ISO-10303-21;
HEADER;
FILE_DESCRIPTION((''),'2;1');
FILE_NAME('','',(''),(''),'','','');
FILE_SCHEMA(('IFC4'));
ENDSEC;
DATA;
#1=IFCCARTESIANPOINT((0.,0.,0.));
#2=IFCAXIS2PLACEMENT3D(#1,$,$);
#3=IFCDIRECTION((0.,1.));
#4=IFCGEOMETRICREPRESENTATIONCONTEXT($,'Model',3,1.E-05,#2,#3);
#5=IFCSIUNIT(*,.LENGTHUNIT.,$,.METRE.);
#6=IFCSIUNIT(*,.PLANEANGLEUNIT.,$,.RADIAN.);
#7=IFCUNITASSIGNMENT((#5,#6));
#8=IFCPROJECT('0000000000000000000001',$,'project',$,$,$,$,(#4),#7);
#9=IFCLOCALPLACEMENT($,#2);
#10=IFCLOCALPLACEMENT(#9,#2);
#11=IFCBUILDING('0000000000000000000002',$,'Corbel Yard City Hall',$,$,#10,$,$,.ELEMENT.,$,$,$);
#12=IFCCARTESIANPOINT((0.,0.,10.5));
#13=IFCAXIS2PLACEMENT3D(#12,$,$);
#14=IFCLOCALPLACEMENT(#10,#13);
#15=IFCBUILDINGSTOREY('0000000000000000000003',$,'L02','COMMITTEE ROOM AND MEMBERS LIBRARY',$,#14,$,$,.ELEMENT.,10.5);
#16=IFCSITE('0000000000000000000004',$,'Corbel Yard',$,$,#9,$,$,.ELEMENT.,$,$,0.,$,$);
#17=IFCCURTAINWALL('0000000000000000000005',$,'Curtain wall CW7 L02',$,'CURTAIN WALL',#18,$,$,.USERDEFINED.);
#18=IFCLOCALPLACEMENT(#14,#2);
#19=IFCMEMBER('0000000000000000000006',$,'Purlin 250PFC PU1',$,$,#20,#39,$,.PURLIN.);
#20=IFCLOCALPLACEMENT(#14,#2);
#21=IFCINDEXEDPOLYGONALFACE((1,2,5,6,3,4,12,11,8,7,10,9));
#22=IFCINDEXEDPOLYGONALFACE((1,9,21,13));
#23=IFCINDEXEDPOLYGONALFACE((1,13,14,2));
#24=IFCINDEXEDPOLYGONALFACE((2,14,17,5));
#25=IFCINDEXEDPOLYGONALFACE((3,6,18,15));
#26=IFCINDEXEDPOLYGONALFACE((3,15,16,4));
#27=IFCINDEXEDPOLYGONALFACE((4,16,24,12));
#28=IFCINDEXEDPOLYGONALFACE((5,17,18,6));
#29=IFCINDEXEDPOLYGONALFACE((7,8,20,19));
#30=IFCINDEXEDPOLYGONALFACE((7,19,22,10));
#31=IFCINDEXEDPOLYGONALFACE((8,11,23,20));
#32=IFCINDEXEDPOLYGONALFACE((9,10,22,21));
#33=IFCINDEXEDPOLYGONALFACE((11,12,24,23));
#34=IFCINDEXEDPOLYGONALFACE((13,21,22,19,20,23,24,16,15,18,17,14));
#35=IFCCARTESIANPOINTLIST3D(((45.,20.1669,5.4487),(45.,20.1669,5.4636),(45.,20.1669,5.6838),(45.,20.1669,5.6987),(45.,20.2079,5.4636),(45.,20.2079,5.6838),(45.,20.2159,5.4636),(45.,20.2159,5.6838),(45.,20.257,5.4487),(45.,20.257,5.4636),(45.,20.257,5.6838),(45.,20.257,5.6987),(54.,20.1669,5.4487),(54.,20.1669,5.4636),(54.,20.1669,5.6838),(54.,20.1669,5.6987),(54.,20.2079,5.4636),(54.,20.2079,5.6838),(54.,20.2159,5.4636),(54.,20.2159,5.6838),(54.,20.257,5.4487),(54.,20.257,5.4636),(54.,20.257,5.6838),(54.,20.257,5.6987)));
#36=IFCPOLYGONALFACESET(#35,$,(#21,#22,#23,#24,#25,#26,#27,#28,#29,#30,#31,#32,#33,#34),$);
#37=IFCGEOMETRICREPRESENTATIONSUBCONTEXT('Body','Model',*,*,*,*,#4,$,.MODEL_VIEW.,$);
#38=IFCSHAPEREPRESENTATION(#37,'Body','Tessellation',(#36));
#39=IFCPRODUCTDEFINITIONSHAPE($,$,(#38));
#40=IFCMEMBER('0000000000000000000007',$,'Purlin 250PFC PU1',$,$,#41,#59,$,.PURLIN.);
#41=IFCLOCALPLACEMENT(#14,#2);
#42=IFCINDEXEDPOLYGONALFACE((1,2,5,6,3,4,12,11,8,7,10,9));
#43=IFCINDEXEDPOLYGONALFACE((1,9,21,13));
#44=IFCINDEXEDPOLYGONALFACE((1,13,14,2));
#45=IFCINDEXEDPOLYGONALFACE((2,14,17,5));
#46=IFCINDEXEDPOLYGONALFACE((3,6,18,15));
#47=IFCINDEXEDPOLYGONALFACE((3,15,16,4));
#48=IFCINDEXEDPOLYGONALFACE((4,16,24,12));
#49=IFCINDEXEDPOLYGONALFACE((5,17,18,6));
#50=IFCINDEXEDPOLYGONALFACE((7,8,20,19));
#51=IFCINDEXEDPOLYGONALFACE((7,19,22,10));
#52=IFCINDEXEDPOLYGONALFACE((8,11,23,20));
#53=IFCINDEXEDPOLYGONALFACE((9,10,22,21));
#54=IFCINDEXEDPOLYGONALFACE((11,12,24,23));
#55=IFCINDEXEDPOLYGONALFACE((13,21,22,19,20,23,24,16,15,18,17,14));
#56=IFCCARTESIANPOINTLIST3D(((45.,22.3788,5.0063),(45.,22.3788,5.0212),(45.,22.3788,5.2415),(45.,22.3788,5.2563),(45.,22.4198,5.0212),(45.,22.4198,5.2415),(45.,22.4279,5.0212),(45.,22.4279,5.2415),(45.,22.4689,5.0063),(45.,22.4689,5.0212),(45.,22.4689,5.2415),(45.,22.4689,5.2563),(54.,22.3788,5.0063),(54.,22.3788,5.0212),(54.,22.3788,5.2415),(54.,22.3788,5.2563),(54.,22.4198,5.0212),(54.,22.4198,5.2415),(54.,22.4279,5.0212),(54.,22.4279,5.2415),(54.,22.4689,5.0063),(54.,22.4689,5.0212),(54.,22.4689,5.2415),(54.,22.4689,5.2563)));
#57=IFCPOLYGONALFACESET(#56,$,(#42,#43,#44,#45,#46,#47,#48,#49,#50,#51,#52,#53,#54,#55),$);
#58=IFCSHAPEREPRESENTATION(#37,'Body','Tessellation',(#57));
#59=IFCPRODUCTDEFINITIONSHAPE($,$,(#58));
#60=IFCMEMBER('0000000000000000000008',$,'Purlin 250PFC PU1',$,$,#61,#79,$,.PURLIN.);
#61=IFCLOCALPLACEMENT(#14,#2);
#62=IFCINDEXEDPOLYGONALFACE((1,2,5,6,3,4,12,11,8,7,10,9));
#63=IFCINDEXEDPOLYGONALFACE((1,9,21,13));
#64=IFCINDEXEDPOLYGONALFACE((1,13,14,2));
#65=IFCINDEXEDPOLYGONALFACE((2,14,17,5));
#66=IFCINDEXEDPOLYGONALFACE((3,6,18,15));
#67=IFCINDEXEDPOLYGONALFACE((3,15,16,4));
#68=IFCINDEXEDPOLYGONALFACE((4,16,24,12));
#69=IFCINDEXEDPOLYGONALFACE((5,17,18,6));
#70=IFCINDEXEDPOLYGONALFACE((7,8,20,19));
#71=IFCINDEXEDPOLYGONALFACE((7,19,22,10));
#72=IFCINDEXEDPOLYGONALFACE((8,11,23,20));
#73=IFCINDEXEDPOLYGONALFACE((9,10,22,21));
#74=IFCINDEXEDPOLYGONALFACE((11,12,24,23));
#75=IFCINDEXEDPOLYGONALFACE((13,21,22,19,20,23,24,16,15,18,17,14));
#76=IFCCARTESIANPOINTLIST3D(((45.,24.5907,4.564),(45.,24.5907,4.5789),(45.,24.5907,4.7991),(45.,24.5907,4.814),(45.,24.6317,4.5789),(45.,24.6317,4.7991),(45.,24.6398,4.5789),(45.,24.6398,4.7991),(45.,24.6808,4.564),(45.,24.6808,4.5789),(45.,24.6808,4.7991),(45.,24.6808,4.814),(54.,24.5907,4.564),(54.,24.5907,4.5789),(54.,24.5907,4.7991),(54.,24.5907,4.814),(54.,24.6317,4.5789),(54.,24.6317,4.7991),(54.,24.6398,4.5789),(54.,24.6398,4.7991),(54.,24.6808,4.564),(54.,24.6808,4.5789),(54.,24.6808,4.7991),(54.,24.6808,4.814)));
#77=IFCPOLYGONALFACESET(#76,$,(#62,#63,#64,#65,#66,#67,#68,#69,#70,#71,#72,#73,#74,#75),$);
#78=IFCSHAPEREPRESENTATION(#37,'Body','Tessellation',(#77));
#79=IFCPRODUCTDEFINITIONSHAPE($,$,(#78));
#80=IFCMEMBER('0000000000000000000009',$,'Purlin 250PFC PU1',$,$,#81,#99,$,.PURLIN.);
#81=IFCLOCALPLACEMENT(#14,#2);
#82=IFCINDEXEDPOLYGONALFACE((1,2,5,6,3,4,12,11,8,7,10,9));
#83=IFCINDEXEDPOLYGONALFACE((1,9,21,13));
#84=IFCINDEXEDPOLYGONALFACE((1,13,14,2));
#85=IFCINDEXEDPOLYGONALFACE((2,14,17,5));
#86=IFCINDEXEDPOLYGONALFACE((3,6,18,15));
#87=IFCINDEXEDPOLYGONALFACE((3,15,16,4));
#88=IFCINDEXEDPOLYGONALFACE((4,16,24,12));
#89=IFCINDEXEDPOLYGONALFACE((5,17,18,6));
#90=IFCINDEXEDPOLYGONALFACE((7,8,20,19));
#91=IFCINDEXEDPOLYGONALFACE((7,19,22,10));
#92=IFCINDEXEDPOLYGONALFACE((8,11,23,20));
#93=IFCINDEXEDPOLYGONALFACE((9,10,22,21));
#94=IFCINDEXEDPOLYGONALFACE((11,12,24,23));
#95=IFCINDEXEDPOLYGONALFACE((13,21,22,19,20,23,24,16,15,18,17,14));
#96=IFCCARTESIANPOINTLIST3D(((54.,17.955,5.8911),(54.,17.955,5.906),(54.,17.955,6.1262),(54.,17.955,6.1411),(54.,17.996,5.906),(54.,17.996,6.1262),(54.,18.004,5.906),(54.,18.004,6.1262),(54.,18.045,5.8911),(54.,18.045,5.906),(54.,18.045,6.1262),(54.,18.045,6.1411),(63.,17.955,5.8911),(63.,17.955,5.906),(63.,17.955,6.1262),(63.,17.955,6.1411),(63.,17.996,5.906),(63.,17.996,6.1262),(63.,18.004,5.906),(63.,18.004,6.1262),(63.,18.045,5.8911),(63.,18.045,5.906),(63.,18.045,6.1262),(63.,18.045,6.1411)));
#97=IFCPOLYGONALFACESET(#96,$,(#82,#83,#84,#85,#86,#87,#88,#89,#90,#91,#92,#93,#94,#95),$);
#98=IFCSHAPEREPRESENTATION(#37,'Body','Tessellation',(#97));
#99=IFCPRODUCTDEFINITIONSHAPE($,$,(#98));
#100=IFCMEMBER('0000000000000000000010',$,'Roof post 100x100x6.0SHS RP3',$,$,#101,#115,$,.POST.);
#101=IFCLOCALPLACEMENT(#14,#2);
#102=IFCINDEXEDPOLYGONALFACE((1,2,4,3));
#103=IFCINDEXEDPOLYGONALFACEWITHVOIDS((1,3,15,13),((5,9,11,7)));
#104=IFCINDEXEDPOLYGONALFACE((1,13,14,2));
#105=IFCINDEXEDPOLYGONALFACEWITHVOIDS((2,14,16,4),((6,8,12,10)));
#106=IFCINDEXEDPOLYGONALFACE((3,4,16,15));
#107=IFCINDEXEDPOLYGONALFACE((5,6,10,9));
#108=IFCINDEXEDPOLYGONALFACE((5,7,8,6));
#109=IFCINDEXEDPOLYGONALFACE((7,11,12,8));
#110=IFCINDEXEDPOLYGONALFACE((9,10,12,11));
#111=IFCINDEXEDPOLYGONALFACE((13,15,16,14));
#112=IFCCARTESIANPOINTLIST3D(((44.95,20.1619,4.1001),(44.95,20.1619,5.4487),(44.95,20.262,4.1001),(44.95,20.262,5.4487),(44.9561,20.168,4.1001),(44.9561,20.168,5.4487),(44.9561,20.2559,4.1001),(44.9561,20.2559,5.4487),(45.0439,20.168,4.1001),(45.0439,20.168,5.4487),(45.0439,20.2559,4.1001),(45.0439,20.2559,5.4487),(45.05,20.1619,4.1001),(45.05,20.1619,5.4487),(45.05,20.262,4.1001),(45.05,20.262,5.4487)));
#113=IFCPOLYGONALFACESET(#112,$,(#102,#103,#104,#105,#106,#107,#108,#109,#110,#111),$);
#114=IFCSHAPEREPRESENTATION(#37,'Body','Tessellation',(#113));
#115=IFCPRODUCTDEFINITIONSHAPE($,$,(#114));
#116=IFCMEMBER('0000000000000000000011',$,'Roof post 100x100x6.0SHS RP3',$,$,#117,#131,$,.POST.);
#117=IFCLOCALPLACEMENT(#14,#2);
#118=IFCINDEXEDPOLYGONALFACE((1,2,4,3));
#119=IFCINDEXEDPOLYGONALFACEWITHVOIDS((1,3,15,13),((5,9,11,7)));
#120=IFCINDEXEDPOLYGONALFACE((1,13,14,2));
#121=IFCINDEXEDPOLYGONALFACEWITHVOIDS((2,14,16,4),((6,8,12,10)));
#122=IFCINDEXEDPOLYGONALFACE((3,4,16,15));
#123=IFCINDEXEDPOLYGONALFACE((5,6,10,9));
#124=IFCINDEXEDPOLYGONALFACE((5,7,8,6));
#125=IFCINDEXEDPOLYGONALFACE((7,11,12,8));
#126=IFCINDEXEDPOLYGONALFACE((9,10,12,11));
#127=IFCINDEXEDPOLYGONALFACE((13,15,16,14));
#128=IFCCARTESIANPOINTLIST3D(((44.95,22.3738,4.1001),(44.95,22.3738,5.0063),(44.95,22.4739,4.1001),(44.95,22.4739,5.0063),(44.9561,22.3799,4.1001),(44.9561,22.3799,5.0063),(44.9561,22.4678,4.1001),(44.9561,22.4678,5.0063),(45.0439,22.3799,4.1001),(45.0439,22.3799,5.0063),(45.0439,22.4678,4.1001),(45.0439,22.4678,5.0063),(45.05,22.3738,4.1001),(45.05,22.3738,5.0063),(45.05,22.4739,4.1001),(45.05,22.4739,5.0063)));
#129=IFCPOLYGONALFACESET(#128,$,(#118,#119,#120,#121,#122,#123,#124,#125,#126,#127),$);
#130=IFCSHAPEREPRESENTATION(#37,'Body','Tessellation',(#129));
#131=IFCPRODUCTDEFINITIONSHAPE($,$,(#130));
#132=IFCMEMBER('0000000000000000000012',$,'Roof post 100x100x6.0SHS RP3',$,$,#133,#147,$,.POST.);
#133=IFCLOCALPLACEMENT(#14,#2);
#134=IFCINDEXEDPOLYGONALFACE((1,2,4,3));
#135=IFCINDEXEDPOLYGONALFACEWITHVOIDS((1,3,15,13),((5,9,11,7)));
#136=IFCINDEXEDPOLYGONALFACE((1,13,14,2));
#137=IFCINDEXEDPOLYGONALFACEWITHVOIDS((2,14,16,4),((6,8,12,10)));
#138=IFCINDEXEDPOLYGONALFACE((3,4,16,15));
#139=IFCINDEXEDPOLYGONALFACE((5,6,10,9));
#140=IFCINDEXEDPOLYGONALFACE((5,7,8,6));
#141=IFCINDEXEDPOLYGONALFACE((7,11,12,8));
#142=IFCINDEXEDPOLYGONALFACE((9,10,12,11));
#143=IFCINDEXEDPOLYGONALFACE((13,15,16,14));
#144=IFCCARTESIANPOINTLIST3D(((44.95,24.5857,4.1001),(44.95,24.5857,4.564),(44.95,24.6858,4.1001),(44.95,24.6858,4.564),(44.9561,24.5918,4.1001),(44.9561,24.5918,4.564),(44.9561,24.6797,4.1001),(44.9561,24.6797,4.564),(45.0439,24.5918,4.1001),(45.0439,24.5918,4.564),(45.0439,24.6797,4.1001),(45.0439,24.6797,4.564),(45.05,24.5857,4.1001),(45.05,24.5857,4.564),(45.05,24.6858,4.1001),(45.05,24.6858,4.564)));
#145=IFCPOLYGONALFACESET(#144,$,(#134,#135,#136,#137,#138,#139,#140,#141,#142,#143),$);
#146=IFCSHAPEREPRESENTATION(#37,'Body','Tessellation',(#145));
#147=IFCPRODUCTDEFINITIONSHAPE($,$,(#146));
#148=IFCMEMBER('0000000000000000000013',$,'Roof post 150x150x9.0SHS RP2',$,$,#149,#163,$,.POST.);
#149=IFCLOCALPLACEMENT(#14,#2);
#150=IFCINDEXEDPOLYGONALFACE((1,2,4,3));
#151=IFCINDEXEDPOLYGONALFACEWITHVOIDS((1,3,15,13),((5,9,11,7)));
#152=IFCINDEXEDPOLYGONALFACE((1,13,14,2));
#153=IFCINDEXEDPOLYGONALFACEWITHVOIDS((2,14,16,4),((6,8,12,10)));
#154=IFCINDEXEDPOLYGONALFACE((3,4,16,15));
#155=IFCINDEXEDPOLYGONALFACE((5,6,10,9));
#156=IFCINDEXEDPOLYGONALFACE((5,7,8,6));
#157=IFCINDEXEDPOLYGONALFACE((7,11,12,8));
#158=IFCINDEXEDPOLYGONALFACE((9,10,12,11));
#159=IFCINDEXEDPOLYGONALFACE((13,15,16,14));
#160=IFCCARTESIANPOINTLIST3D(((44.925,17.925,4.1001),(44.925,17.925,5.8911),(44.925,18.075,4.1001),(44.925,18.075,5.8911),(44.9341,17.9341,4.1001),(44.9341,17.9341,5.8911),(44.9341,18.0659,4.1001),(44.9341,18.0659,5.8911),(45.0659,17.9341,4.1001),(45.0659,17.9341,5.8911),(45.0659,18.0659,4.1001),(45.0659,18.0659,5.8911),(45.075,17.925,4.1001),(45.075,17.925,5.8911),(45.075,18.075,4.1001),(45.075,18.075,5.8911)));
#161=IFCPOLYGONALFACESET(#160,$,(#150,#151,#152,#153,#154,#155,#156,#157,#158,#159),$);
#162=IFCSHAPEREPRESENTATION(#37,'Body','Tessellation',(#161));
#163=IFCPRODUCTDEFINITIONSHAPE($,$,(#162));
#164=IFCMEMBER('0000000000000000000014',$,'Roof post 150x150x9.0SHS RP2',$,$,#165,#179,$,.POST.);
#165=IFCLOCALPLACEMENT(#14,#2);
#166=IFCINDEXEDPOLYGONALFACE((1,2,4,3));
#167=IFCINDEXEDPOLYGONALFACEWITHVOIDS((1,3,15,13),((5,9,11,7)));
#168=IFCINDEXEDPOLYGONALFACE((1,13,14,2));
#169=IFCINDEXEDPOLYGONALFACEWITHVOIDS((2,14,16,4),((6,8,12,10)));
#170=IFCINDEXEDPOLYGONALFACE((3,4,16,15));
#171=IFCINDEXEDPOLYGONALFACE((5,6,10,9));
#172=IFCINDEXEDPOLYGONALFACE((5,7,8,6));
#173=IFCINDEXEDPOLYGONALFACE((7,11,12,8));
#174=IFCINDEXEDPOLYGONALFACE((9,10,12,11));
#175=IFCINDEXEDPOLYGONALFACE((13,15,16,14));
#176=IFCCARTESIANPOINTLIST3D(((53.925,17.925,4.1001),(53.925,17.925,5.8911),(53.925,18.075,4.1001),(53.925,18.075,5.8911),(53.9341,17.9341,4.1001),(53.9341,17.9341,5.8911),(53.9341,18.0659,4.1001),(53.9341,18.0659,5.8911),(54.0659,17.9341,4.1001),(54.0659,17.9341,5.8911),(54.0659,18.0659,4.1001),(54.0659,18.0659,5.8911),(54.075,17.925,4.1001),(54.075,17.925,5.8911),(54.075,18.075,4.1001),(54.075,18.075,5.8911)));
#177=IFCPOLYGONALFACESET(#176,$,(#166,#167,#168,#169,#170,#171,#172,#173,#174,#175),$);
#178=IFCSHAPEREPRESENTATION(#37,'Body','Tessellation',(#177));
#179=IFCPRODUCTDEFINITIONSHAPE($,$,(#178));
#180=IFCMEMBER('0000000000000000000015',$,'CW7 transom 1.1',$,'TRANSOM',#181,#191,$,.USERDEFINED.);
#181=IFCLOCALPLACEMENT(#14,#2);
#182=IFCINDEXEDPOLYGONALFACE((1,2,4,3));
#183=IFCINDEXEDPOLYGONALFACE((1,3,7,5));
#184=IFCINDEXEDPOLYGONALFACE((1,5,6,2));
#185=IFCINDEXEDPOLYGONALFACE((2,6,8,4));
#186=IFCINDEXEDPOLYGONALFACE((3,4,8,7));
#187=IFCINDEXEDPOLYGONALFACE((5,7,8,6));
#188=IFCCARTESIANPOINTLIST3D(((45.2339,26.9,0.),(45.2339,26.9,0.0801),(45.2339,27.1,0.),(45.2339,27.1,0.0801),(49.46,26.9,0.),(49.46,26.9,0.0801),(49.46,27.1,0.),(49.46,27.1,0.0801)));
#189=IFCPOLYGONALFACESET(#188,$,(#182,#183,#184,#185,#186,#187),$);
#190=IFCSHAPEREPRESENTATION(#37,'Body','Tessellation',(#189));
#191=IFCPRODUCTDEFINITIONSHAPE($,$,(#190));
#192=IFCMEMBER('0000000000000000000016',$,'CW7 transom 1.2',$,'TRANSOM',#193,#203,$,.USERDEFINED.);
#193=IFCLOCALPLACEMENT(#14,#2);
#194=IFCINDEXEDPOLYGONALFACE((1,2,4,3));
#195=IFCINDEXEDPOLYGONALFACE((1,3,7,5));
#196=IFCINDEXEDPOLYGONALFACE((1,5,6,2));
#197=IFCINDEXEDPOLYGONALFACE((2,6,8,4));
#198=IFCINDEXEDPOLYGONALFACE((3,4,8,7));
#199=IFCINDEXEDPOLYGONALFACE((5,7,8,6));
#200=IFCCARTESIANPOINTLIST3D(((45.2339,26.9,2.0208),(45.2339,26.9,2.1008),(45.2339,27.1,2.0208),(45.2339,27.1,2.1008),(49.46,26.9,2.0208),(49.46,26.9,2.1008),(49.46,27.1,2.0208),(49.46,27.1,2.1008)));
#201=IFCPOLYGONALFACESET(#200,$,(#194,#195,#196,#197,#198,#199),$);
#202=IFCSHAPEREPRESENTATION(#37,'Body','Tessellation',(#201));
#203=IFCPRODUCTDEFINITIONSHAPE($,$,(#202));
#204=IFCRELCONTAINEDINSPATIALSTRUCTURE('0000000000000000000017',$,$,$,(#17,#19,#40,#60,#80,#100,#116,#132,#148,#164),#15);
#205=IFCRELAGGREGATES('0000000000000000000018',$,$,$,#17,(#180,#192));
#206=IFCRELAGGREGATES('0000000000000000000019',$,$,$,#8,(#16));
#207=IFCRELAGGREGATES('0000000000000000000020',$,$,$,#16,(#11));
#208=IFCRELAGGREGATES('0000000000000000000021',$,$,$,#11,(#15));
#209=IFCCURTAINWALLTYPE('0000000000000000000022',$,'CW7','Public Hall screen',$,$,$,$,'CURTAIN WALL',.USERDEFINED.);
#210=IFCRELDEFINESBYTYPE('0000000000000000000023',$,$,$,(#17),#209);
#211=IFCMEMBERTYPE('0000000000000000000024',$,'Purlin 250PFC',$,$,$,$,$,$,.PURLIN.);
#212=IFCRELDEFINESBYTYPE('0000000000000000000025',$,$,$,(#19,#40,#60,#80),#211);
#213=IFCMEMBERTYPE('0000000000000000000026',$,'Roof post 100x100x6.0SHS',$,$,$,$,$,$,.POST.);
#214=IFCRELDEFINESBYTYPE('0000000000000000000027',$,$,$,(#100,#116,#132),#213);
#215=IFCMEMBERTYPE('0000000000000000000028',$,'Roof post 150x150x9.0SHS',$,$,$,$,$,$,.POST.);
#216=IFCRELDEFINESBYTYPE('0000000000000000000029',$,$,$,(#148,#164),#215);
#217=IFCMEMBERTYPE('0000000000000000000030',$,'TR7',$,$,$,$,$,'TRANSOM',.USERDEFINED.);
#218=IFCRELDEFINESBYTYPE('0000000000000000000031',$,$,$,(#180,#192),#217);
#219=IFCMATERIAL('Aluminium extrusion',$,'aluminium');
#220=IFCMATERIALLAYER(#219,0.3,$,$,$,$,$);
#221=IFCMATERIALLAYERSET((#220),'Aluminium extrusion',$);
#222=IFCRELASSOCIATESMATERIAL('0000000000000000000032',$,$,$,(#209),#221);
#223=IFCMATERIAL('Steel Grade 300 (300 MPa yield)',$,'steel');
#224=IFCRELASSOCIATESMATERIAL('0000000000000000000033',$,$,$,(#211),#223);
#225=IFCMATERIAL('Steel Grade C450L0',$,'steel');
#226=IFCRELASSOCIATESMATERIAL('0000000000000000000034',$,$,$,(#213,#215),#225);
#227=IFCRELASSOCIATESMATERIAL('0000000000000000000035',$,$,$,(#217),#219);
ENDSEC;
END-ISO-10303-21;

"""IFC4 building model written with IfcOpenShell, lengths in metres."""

from ifc_helpers import new_model, si_unit, direction, frame, origin, origin_2d, place, context, subcontext, project, spatial, rectangle, hollow_rectangle, i_section, extrude, material, layer, layer_set, material_profile, profile_set, type_object, element, aggregate, save


model = new_model("IFC4")

# Units and contexts
model_context = context("Model", 3, precision=1e-05, world=origin(), true_north=direction((0.0, 1.0)))
body_context = subcontext(model_context, "Body", "Model", "MODEL_VIEW")
ifc_project = project(units=[si_unit("LENGTHUNIT", "METRE"), si_unit("PLANEANGLEUNIT", "RADIAN")], contexts=[model_context])

# Site, building, storey
site_placement = place(None, origin())
site = spatial("IfcSite", under=ifc_project, at=site_placement, Name="Corbel Yard", CompositionType="ELEMENT", RefElevation=0.0)
building_placement = place(site_placement, origin())
building = spatial("IfcBuilding", under=site, at=building_placement, Name="Corbel Yard City Hall", CompositionType="ELEMENT")
storey_placement = place(building_placement, frame((0.0, 0.0, 10.5)))
storey = spatial("IfcBuildingStorey", under=building, at=storey_placement, Name="L02", Description="COMMITTEE ROOM AND MEMBERS LIBRARY", CompositionType="ELEMENT", Elevation=10.5)

# Shared definitions
ifc_material_1 = material(Name="Steel Grade 300 (300 MPa yield)", Category="steel")

# Curtain wall
ifc_material_2 = material(Name="Aluminium extrusion", Category="aluminium")
ifc_layer_1 = layer(ifc_material_2, 0.3)
ifc_layer_set_1 = layer_set([ifc_layer_1], Name="Aluminium extrusion")
curtain_wall_type = type_object("IfcCurtainWallType", Name="CW7", Description="Public Hall screen", ElementType="CURTAIN WALL", PredefinedType="USERDEFINED", material=ifc_layer_set_1)
curtain_wall_placement = place(storey_placement, origin())
curtain_wall = element("IfcCurtainWall", 1, at=curtain_wall_placement, inside=storey, type_object=curtain_wall_type, Name="Curtain wall CW7 L02", ObjectType="CURTAIN WALL", PredefinedType="USERDEFINED")

# Members
ifc_material_profile_1 = material_profile(ifc_material_1, i_section(OverallWidth=0.0901, OverallDepth=0.25, WebThickness=0.0081, FlangeThickness=0.0149, at=origin_2d()), Name="250PFC")
ifc_profile_set_1 = profile_set([ifc_material_profile_1], Name="Steel Grade 300 (300 MPa yield)")
member_type_1 = type_object("IfcMemberType", Name="Purlin 250PFC", PredefinedType="PURLIN", material=ifc_profile_set_1)
for number, where, z_axis, x_axis, name in (
    (2, (45.0, 20.2119, 5.5737), (1.0, 0.0, 0.0), (0.0, 1.0, 0.0), "Purlin 250PFC PU1"),
    (3, (45.0, 22.4238, 5.1313), (1.0, 0.0, 0.0), (0.0, 1.0, 0.0), "Purlin 250PFC PU1"),
    (4, (45.0, 24.6357, 4.689), (1.0, 0.0, 0.0), (0.0, 1.0, 0.0), "Purlin 250PFC PU1"),
    (5, (54.0, 18.0, 6.0161), (1.0, 0.0, 0.0), (0.0, 1.0, 0.0), "Purlin 250PFC PU1"),
):
    element("IfcMember", number, at=place(storey_placement, frame(where, z_axis=z_axis, x_axis=x_axis)), inside=storey, type_object=member_type_1, Name=name, PredefinedType="PURLIN", context=body_context, shape_type="SweptSolid", body=[
        extrude(i_section(OverallWidth=0.0901, OverallDepth=0.25, WebThickness=0.0081, FlangeThickness=0.0149, at=origin_2d()), origin(), (0.0, 0.0, 1.0), 9.0),
    ])
ifc_material_3 = material(Name="Steel Grade C450L0", Category="steel")
ifc_material_profile_2 = material_profile(ifc_material_3, hollow_rectangle(XDim=0.1001, YDim=0.1001, WallThickness=0.0061, at=origin_2d()), Name="100x100x6.0SHS")
ifc_profile_set_2 = profile_set([ifc_material_profile_2], Name="Steel Grade C450L0")
member_type_2 = type_object("IfcMemberType", Name="Roof post 100x100x6.0SHS", PredefinedType="POST", material=ifc_profile_set_2)
member_1_placement = place(storey_placement, frame((45.0, 20.2119, 4.1001), z_axis=(0.0, 0.0, 1.0), x_axis=(1.0, 0.0, 0.0)))
element("IfcMember", 6, at=member_1_placement, inside=storey, type_object=member_type_2, Name="Roof post 100x100x6.0SHS RP3", PredefinedType="POST", context=body_context, shape_type="SweptSolid", body=[
    extrude(hollow_rectangle(XDim=0.1001, YDim=0.1001, WallThickness=0.0061, at=origin_2d()), origin(), (0.0, 0.0, 1.0), 1.3486),
])
member_2_placement = place(storey_placement, frame((45.0, 22.4238, 4.1001), z_axis=(0.0, 0.0, 1.0), x_axis=(1.0, 0.0, 0.0)))
element("IfcMember", 7, at=member_2_placement, inside=storey, type_object=member_type_2, Name="Roof post 100x100x6.0SHS RP3", PredefinedType="POST", context=body_context, shape_type="SweptSolid", body=[
    extrude(hollow_rectangle(XDim=0.1001, YDim=0.1001, WallThickness=0.0061, at=origin_2d()), origin(), (0.0, 0.0, 1.0), 0.9062),
])
member_3_placement = place(storey_placement, frame((45.0, 24.6357, 4.1001), z_axis=(0.0, 0.0, 1.0), x_axis=(1.0, 0.0, 0.0)))
element("IfcMember", 8, at=member_3_placement, inside=storey, type_object=member_type_2, Name="Roof post 100x100x6.0SHS RP3", PredefinedType="POST", context=body_context, shape_type="SweptSolid", body=[
    extrude(hollow_rectangle(XDim=0.1001, YDim=0.1001, WallThickness=0.0061, at=origin_2d()), origin(), (0.0, 0.0, 1.0), 0.4639),
])
ifc_material_profile_3 = material_profile(ifc_material_3, hollow_rectangle(XDim=0.1499, YDim=0.1499, WallThickness=0.009, at=origin_2d()), Name="150x150x9.0SHS")
ifc_profile_set_3 = profile_set([ifc_material_profile_3], Name="Steel Grade C450L0")
member_type_3 = type_object("IfcMemberType", Name="Roof post 150x150x9.0SHS", PredefinedType="POST", material=ifc_profile_set_3)
for number, where, z_axis, x_axis, name in (
    (9, (45.0, 18.0, 4.1001), (0.0, 0.0, 1.0), (1.0, 0.0, 0.0), "Roof post 150x150x9.0SHS RP2"),
    (10, (54.0, 18.0, 4.1001), (0.0, 0.0, 1.0), (1.0, 0.0, 0.0), "Roof post 150x150x9.0SHS RP2"),
):
    element("IfcMember", number, at=place(storey_placement, frame(where, z_axis=z_axis, x_axis=x_axis)), inside=storey, type_object=member_type_3, Name=name, PredefinedType="POST", context=body_context, shape_type="SweptSolid", body=[
        extrude(hollow_rectangle(XDim=0.1499, YDim=0.1499, WallThickness=0.009, at=origin_2d()), origin(), (0.0, 0.0, 1.0), 1.791),
    ])

# Members
ifc_material_profile_4 = material_profile(ifc_material_2, rectangle(XDim=0.2, YDim=0.0801, at=origin_2d()), Name="200x80")
ifc_profile_set_4 = profile_set([ifc_material_profile_4], Name="Aluminium extrusion")
member_type_4 = type_object("IfcMemberType", Name="TR7", ElementType="TRANSOM", PredefinedType="USERDEFINED", material=ifc_profile_set_4)
member_4_placement = place(storey_placement, frame((45.2339, 27.0, 0.04), z_axis=(1.0, 0.0, 0.0), x_axis=(0.0, 1.0, 0.0)))
member_4 = element("IfcMember", 11, at=member_4_placement, type_object=member_type_4, Name="CW7 transom 1.1", ObjectType="TRANSOM", PredefinedType="USERDEFINED", context=body_context, shape_type="SweptSolid", body=[
    extrude(rectangle(XDim=0.2, YDim=0.0801, at=origin_2d()), origin(), (0.0, 0.0, 1.0), 4.2261),
])
member_5_placement = place(storey_placement, frame((45.2339, 27.0, 2.0608), z_axis=(1.0, 0.0, 0.0), x_axis=(0.0, 1.0, 0.0)))
member_5 = element("IfcMember", 12, at=member_5_placement, type_object=member_type_4, Name="CW7 transom 1.2", ObjectType="TRANSOM", PredefinedType="USERDEFINED", context=body_context, shape_type="SweptSolid", body=[
    extrude(rectangle(XDim=0.2, YDim=0.0801, at=origin_2d()), origin(), (0.0, 0.0, 1.0), 4.2261),
])

aggregate(curtain_wall, [member_4, member_5])

save(model, "model.ifc")
